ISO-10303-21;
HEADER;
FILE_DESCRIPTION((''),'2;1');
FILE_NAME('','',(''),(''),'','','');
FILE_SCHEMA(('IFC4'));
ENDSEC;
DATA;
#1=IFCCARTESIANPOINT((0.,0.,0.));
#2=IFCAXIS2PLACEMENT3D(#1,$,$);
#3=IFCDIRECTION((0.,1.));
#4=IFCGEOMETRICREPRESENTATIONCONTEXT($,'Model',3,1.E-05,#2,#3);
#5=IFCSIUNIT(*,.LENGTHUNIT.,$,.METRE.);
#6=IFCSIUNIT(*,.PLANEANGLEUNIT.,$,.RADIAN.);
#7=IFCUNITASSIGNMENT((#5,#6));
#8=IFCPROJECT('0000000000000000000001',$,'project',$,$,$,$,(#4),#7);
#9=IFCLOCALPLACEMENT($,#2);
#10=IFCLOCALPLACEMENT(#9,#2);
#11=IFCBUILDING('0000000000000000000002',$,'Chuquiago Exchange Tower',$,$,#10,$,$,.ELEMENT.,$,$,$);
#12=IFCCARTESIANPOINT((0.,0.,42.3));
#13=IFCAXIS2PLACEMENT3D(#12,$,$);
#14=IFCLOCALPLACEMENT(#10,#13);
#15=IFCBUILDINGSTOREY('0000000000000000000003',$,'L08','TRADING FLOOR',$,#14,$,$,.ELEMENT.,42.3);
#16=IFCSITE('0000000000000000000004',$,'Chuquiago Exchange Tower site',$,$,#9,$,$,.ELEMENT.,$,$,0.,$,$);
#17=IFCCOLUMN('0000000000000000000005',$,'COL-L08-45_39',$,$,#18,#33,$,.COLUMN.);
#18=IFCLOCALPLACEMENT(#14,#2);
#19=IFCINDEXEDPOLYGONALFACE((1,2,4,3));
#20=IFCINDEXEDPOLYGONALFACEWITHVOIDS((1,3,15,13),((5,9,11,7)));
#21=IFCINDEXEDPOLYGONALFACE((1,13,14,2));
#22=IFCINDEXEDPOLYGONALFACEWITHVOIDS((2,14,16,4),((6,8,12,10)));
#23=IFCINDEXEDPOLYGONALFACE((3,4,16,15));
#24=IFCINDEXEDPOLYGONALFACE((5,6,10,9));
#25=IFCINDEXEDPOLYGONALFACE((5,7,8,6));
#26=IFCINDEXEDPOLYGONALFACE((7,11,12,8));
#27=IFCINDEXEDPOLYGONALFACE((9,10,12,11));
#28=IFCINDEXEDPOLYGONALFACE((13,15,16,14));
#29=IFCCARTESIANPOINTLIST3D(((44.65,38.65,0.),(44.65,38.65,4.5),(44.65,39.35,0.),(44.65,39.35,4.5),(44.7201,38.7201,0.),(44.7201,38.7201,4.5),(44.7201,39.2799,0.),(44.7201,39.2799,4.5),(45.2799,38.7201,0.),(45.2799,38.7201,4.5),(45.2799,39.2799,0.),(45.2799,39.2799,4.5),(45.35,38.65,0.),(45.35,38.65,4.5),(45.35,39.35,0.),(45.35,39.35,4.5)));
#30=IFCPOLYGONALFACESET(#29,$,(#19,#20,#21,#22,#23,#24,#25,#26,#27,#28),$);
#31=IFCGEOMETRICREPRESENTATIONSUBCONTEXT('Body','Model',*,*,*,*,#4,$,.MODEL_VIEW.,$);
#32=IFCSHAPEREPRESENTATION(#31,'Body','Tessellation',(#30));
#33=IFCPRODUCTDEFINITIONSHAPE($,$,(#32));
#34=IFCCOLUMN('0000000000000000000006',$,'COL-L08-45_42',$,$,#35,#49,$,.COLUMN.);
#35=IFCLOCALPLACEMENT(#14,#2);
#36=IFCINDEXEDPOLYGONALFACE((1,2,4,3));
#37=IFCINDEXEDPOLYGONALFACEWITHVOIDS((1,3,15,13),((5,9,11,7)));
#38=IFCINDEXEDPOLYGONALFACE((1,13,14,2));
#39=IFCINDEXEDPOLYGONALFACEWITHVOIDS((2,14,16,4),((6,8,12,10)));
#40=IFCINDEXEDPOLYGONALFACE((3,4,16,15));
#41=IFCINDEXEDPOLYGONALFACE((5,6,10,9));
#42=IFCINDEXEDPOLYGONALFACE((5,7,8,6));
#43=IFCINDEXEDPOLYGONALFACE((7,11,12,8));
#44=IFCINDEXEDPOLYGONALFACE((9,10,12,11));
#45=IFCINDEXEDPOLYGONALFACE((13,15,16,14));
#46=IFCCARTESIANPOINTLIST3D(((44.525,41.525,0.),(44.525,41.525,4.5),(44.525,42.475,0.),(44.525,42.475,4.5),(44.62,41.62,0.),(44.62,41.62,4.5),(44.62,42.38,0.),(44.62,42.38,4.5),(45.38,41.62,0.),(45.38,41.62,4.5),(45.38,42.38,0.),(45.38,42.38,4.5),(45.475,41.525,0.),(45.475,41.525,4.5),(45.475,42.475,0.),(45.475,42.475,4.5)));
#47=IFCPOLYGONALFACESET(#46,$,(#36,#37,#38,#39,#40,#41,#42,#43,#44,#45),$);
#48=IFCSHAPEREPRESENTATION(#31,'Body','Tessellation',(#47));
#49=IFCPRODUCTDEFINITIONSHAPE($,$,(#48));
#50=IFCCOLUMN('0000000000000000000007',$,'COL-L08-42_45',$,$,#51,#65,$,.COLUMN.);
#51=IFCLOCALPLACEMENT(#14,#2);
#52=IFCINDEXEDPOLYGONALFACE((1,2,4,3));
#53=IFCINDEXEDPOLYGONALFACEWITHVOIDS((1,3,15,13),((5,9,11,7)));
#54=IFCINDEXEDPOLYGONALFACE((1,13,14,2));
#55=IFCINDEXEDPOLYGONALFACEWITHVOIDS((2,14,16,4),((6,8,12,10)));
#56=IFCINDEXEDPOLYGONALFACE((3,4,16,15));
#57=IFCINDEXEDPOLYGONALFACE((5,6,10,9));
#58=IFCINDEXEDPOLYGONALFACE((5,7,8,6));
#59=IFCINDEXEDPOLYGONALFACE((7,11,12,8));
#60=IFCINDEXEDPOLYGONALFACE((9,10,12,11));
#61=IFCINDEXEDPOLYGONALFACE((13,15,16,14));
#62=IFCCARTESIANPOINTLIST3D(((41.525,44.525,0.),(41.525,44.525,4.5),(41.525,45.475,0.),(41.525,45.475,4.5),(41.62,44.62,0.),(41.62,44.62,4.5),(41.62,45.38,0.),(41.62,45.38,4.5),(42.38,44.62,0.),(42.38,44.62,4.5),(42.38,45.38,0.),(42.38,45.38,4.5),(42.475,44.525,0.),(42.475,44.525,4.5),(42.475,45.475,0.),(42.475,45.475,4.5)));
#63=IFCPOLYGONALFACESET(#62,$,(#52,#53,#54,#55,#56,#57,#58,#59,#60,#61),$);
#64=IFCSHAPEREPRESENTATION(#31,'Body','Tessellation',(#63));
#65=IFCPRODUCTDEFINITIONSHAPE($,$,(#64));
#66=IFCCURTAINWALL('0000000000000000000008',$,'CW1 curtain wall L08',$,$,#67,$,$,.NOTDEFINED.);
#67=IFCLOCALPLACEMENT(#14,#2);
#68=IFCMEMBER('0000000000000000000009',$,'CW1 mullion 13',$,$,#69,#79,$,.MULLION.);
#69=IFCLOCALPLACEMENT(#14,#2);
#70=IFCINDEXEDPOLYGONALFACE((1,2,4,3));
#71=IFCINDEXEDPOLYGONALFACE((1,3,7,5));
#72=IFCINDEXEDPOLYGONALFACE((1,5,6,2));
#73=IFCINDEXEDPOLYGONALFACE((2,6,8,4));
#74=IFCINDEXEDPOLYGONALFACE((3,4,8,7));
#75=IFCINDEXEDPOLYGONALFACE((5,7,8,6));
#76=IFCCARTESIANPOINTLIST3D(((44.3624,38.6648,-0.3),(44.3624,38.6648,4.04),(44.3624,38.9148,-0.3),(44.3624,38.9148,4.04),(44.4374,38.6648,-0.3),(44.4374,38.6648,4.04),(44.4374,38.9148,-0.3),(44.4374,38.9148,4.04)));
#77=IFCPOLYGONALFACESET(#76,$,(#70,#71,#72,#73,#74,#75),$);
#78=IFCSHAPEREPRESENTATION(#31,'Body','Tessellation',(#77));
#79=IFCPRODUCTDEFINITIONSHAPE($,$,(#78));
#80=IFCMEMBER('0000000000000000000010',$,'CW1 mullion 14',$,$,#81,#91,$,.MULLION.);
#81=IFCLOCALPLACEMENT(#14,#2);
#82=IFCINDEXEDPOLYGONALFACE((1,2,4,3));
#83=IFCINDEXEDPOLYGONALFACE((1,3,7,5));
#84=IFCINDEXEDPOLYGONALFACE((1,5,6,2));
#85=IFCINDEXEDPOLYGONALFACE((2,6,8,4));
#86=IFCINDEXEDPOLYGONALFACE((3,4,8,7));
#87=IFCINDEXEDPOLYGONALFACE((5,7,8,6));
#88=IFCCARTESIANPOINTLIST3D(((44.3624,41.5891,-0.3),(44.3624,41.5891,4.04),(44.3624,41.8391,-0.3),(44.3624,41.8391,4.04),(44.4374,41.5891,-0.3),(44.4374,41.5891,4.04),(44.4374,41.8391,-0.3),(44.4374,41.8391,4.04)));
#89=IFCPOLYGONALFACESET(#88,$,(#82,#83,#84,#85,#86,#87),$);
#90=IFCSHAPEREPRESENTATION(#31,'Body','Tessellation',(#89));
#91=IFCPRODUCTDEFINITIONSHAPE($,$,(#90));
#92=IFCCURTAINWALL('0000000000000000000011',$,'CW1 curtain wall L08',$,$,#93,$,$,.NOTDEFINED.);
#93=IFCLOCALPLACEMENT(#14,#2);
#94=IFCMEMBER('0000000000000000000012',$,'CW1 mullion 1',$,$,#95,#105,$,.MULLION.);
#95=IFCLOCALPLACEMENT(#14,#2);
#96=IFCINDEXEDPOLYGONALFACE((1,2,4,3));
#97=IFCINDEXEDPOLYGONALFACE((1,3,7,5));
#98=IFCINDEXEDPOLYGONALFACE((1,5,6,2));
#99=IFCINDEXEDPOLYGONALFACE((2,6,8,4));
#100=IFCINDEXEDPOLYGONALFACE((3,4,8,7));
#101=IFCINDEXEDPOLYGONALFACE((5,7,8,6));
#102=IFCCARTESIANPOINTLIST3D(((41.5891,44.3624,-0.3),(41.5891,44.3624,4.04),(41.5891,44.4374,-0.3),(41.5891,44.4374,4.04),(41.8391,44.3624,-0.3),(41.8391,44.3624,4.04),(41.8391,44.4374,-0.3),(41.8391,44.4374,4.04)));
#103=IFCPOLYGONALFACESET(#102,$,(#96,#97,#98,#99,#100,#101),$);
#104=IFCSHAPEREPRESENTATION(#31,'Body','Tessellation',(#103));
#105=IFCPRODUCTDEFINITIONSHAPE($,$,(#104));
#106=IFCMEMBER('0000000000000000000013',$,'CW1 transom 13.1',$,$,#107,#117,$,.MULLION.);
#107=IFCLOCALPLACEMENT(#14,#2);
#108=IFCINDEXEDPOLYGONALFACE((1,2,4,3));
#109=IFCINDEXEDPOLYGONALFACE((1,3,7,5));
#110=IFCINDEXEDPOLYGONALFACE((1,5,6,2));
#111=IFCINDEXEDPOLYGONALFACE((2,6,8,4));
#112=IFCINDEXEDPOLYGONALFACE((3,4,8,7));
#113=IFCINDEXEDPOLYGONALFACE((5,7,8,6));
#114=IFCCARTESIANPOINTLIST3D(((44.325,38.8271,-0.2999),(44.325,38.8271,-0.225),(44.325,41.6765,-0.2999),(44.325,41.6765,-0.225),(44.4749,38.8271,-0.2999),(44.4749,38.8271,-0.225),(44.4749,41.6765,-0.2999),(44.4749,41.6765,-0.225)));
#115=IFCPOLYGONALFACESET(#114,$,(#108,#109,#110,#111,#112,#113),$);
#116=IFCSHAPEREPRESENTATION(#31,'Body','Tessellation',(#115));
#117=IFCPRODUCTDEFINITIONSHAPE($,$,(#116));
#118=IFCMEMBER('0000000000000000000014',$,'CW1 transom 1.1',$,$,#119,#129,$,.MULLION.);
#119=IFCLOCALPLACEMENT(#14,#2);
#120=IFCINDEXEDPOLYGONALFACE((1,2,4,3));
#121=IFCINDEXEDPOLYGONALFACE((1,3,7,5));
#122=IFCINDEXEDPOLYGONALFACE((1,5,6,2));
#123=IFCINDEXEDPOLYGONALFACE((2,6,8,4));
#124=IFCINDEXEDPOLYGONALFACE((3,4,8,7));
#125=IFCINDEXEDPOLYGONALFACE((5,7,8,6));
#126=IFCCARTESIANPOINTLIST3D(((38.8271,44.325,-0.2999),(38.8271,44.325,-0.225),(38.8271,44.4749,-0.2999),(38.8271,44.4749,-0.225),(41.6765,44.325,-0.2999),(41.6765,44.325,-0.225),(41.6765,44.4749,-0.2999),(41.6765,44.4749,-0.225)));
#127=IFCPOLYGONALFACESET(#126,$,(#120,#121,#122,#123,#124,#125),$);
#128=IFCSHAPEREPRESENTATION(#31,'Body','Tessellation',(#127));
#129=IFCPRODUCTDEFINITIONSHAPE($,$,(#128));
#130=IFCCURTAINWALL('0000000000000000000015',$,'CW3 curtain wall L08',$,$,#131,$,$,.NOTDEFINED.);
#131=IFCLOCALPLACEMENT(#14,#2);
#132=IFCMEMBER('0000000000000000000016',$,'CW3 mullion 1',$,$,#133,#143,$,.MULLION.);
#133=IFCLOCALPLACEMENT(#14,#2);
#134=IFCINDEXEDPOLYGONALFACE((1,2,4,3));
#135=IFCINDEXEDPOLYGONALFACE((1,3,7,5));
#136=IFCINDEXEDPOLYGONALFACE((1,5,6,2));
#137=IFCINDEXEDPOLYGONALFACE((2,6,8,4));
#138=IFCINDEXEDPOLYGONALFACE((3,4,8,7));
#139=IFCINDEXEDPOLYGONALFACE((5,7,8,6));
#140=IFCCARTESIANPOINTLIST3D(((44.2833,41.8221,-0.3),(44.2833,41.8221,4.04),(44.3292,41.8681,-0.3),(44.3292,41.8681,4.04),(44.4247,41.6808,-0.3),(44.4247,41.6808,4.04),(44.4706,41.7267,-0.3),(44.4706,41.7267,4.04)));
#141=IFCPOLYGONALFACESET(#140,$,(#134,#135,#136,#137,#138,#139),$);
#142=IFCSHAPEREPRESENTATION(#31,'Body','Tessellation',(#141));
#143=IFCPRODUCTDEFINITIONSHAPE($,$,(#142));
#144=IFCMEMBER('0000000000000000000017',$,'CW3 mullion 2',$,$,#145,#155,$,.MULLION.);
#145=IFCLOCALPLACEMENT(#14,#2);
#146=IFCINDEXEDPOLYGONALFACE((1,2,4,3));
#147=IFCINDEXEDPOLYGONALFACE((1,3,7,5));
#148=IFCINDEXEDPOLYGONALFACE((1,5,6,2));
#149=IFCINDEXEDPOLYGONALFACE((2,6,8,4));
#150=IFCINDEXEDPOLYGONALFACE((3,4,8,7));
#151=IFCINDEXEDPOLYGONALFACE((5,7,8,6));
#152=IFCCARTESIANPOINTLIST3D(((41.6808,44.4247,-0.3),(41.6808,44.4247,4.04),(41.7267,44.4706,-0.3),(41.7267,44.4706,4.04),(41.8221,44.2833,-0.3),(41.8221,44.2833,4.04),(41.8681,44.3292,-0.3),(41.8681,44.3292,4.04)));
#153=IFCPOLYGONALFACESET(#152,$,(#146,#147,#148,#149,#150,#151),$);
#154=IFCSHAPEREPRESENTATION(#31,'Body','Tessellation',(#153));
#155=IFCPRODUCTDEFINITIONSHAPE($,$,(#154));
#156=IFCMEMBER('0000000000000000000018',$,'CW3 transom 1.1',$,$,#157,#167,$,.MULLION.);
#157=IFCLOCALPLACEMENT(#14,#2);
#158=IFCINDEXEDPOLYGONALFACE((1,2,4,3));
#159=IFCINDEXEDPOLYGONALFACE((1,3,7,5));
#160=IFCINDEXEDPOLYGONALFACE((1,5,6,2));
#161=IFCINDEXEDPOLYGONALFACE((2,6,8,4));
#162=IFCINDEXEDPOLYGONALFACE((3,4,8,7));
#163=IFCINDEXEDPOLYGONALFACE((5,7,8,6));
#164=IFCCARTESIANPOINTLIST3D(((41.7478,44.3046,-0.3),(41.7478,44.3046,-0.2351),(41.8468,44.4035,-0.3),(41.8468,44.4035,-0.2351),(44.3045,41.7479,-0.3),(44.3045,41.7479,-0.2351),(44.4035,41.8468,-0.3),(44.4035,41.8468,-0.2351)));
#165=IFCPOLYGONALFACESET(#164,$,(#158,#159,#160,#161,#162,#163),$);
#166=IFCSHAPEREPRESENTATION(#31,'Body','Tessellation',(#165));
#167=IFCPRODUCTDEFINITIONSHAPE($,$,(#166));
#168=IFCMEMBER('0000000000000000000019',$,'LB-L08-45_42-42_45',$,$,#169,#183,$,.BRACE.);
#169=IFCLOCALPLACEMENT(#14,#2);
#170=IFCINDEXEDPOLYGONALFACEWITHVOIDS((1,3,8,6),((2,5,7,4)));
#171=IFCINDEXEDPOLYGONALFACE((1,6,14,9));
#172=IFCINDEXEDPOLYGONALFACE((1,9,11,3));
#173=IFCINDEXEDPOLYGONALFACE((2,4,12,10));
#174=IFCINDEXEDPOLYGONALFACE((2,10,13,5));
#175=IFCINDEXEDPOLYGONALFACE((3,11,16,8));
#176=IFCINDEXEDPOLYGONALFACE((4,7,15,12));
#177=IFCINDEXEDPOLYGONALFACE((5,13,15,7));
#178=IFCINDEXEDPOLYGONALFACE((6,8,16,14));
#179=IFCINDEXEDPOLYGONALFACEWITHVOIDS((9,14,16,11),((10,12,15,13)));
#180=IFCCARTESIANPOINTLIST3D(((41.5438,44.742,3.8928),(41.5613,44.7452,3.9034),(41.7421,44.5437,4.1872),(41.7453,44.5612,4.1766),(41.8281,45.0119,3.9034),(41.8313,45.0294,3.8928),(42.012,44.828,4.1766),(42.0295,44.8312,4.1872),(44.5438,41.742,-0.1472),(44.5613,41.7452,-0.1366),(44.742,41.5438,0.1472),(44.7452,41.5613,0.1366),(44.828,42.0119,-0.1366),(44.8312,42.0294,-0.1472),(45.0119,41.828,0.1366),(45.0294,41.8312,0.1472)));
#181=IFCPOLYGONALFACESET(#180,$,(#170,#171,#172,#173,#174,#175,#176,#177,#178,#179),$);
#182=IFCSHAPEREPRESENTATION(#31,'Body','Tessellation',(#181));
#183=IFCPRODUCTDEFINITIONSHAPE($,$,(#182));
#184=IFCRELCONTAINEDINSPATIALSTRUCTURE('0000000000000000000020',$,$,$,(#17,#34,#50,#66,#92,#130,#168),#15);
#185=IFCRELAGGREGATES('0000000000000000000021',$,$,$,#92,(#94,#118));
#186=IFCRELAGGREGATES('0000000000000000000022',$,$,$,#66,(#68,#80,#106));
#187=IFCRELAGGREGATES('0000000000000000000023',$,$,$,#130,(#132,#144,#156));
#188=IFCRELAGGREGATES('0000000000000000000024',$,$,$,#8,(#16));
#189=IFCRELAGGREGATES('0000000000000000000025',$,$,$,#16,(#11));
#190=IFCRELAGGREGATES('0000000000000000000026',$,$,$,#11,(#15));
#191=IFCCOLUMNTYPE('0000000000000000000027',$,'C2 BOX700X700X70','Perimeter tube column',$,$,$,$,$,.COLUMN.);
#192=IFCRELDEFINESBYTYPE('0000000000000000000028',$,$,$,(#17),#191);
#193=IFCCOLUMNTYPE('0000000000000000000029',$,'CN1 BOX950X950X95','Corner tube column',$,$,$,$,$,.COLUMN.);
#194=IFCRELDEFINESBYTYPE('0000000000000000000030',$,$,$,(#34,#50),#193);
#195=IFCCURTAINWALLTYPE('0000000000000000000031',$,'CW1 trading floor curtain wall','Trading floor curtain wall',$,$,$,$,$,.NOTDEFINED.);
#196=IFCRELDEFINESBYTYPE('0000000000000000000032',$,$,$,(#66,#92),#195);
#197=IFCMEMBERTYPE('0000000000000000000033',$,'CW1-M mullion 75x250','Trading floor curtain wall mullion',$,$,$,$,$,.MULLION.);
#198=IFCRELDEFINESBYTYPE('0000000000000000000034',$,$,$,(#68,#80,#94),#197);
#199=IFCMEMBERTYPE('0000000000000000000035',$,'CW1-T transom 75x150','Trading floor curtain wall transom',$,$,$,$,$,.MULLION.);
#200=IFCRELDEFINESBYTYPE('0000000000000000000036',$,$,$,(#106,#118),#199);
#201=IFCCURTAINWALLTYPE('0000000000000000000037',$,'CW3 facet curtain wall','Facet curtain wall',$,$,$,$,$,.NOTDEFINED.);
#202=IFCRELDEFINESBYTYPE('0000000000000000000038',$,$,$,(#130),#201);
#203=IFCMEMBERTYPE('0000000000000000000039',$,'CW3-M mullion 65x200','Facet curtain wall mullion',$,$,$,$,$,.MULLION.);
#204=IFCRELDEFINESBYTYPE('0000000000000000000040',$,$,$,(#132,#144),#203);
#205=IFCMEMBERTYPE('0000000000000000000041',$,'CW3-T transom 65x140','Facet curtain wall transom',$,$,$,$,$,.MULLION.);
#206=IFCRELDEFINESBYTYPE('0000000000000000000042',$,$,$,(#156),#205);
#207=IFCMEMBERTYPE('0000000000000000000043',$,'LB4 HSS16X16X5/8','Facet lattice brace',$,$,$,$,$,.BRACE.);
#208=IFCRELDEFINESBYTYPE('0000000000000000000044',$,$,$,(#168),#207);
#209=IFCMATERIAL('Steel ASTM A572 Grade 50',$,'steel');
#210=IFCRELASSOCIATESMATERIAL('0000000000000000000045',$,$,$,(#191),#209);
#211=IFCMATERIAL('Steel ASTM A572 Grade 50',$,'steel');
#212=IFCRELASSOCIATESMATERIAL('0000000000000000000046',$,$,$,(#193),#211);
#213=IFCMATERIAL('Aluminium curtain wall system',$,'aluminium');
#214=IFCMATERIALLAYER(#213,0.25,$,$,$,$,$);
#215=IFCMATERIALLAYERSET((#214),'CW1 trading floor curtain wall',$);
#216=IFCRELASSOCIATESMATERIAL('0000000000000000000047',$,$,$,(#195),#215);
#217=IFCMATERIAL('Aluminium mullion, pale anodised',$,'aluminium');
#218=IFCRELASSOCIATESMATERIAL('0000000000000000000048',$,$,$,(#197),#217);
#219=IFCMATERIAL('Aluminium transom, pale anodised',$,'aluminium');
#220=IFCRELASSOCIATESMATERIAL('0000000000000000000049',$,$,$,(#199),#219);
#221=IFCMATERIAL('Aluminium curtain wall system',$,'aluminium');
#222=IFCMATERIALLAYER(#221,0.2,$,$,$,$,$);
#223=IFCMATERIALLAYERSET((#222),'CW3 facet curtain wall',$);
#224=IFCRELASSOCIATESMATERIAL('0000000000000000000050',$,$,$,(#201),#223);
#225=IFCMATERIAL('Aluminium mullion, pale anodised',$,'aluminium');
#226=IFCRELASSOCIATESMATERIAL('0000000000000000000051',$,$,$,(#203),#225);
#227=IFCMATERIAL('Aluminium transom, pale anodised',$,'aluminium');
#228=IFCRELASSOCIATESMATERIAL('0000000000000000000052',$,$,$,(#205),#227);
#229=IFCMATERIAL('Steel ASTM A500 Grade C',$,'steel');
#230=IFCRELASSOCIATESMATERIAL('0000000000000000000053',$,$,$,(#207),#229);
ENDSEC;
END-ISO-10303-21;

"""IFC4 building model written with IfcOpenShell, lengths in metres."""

from ifc_helpers import new_model, si_unit, direction, frame, origin, origin_2d, place, context, subcontext, project, spatial, rectangle, hollow_rectangle, extrude, material, layer, layer_set, material_profile, profile_set, type_object, element, aggregate, save


model = new_model("IFC4")

# Units and contexts
model_context = context("Model", 3, precision=1e-05, world=origin(), true_north=direction((0.0, 1.0)))
body_context = subcontext(model_context, "Body", "Model", "MODEL_VIEW")
ifc_project = project(units=[si_unit("LENGTHUNIT", "METRE"), si_unit("PLANEANGLEUNIT", "RADIAN")], contexts=[model_context])

# Site, building, storey
site_placement = place(None, origin())
site = spatial("IfcSite", under=ifc_project, at=site_placement, Name="Chuquiago Exchange Tower site", CompositionType="ELEMENT", RefElevation=0.0)
building_placement = place(site_placement, origin())
building = spatial("IfcBuilding", under=site, at=building_placement, Name="Chuquiago Exchange Tower", CompositionType="ELEMENT")
storey_placement = place(building_placement, frame((0.0, 0.0, 42.3)))
storey = spatial("IfcBuildingStorey", under=building, at=storey_placement, Name="L08", Description="TRADING FLOOR", CompositionType="ELEMENT", Elevation=42.3)

# Columns
ifc_material_1 = material(Name="Steel ASTM A572 Grade 50", Category="steel")
ifc_material_profile_1 = material_profile(ifc_material_1, hollow_rectangle(XDim=0.7, YDim=0.7, WallThickness=0.0701, at=origin_2d()), Name="BOX700X700X70")
ifc_profile_set_1 = profile_set([ifc_material_profile_1], Name="Steel ASTM A572 Grade 50")
column_type_1 = type_object("IfcColumnType", Name="C2 BOX700X700X70", Description="Perimeter tube column", PredefinedType="COLUMN", material=ifc_profile_set_1)
column_placement = place(storey_placement, frame((45.0, 39.0, 0.0), z_axis=(0.0, 0.0, 1.0), x_axis=(1.0, 0.0, 0.0)))
element("IfcColumn", 1, at=column_placement, inside=storey, type_object=column_type_1, Name="COL-L08-45_39", PredefinedType="COLUMN", context=body_context, shape_type="SweptSolid", body=[
    extrude(hollow_rectangle(XDim=0.7, YDim=0.7, WallThickness=0.0701, at=origin_2d()), origin(), (0.0, 0.0, 1.0), 4.5),
])
ifc_material_2 = material(Name="Steel ASTM A572 Grade 50", Category="steel")
ifc_material_profile_2 = material_profile(ifc_material_2, hollow_rectangle(XDim=0.95, YDim=0.95, WallThickness=0.095, at=origin_2d()), Name="BOX950X950X95")
ifc_profile_set_2 = profile_set([ifc_material_profile_2], Name="Steel ASTM A572 Grade 50")
column_type_2 = type_object("IfcColumnType", Name="CN1 BOX950X950X95", Description="Corner tube column", PredefinedType="COLUMN", material=ifc_profile_set_2)
for number, where, z_axis, x_axis, name in (
    (2, (45.0, 42.0, 0.0), (0.0, 0.0, 1.0), (1.0, 0.0, 0.0), "COL-L08-45_42"),
    (3, (42.0, 45.0, 0.0), (0.0, 0.0, 1.0), (0.0, 1.0, 0.0), "COL-L08-42_45"),
):
    element("IfcColumn", number, at=place(storey_placement, frame(where, z_axis=z_axis, x_axis=x_axis)), inside=storey, type_object=column_type_2, Name=name, PredefinedType="COLUMN", context=body_context, shape_type="SweptSolid", body=[
        extrude(hollow_rectangle(XDim=0.95, YDim=0.95, WallThickness=0.095, at=origin_2d()), origin(), (0.0, 0.0, 1.0), 4.5),
    ])

# Curtain wall, members
ifc_material_3 = material(Name="Aluminium curtain wall system", Category="aluminium")
ifc_layer_1 = layer(ifc_material_3, 0.25)
ifc_layer_set_1 = layer_set([ifc_layer_1], Name="CW1 trading floor curtain wall")
curtain_wall_type_1 = type_object("IfcCurtainWallType", Name="CW1 trading floor curtain wall", Description="Trading floor curtain wall", PredefinedType="NOTDEFINED", material=ifc_layer_set_1)
curtain_wall_1_placement = place(storey_placement, origin())
curtain_wall_1 = element("IfcCurtainWall", 4, at=curtain_wall_1_placement, inside=storey, type_object=curtain_wall_type_1, Name="CW1 curtain wall L08", PredefinedType="NOTDEFINED")
ifc_material_4 = material(Name="Aluminium mullion, pale anodised", Category="aluminium")
ifc_material_profile_3 = material_profile(ifc_material_4, rectangle(XDim=0.075, YDim=0.25, at=origin_2d()), Name="AL 75x250")
ifc_profile_set_3 = profile_set([ifc_material_profile_3], Name="Aluminium mullion, pale anodised")
member_type_1 = type_object("IfcMemberType", Name="CW1-M mullion 75x250", Description="Trading floor curtain wall mullion", PredefinedType="MULLION", material=ifc_profile_set_3)
member_1_placement = place(storey_placement, frame((44.3999, 38.7898, -0.3), z_axis=(0.0, 0.0, 1.0), x_axis=(-1.0, 0.0, 0.0)))
member_1 = element("IfcMember", 5, at=member_1_placement, type_object=member_type_1, Name="CW1 mullion 13", PredefinedType="MULLION", context=body_context, shape_type="SweptSolid", body=[
    extrude(rectangle(XDim=0.075, YDim=0.25, at=origin_2d()), origin(), (0.0, 0.0, 1.0), 4.3401),
])
member_2_placement = place(storey_placement, frame((44.3999, 41.7141, -0.3), z_axis=(0.0, 0.0, 1.0), x_axis=(-1.0, 0.0, 0.0)))
member_2 = element("IfcMember", 6, at=member_2_placement, type_object=member_type_1, Name="CW1 mullion 14", PredefinedType="MULLION", context=body_context, shape_type="SweptSolid", body=[
    extrude(rectangle(XDim=0.075, YDim=0.25, at=origin_2d()), origin(), (0.0, 0.0, 1.0), 4.3401),
])

# Curtain wall, member
curtain_wall_2_placement = place(storey_placement, origin())
curtain_wall_2 = element("IfcCurtainWall", 7, at=curtain_wall_2_placement, inside=storey, type_object=curtain_wall_type_1, Name="CW1 curtain wall L08", PredefinedType="NOTDEFINED")
member_3_placement = place(storey_placement, frame((41.7141, 44.3999, -0.3), z_axis=(0.0, 0.0, 1.0), x_axis=(0.0, -1.0, 0.0)))
member_3 = element("IfcMember", 8, at=member_3_placement, type_object=member_type_1, Name="CW1 mullion 1", PredefinedType="MULLION", context=body_context, shape_type="SweptSolid", body=[
    extrude(rectangle(XDim=0.075, YDim=0.25, at=origin_2d()), origin(), (0.0, 0.0, 1.0), 4.3401),
])

# Members
ifc_material_5 = material(Name="Aluminium transom, pale anodised", Category="aluminium")
ifc_material_profile_4 = material_profile(ifc_material_5, rectangle(XDim=0.1499, YDim=0.075, at=origin_2d()), Name="AL 150x75")
ifc_profile_set_4 = profile_set([ifc_material_profile_4], Name="Aluminium transom, pale anodised")
member_type_2 = type_object("IfcMemberType", Name="CW1-T transom 75x150", Description="Trading floor curtain wall transom", PredefinedType="MULLION", material=ifc_profile_set_4)
member_4_placement = place(storey_placement, frame((44.3999, 38.8271, -0.2625), z_axis=(0.0, 1.0, 0.0), x_axis=(-1.0, 0.0, 0.0)))
member_4 = element("IfcMember", 9, at=member_4_placement, type_object=member_type_2, Name="CW1 transom 13.1", PredefinedType="MULLION", context=body_context, shape_type="SweptSolid", body=[
    extrude(rectangle(XDim=0.1499, YDim=0.075, at=origin_2d()), origin(), (0.0, 0.0, 1.0), 2.8494),
])
member_5_placement = place(storey_placement, frame((41.6765, 44.3999, -0.2625), z_axis=(-1.0, 0.0, 0.0), x_axis=(0.0, -1.0, 0.0)))
member_5 = element("IfcMember", 10, at=member_5_placement, type_object=member_type_2, Name="CW1 transom 1.1", PredefinedType="MULLION", context=body_context, shape_type="SweptSolid", body=[
    extrude(rectangle(XDim=0.1499, YDim=0.075, at=origin_2d()), origin(), (0.0, 0.0, 1.0), 2.8494),
])
aggregate(curtain_wall_2, [member_3, member_5])

# Curtain wall, members
ifc_material_6 = material(Name="Aluminium curtain wall system", Category="aluminium")
ifc_layer_2 = layer(ifc_material_6, 0.2)
ifc_layer_set_2 = layer_set([ifc_layer_2], Name="CW3 facet curtain wall")
curtain_wall_type_2 = type_object("IfcCurtainWallType", Name="CW3 facet curtain wall", Description="Facet curtain wall", PredefinedType="NOTDEFINED", material=ifc_layer_set_2)
curtain_wall_3_placement = place(storey_placement, origin())
curtain_wall_3 = element("IfcCurtainWall", 11, at=curtain_wall_3_placement, inside=storey, type_object=curtain_wall_type_2, Name="CW3 curtain wall L08", PredefinedType="NOTDEFINED")
ifc_material_7 = material(Name="Aluminium mullion, pale anodised", Category="aluminium")
ifc_material_profile_5 = material_profile(ifc_material_7, rectangle(XDim=0.0649, YDim=0.2, at=origin_2d()), Name="AL 65x200")
ifc_profile_set_5 = profile_set([ifc_material_profile_5], Name="Aluminium mullion, pale anodised")
member_type_3 = type_object("IfcMemberType", Name="CW3-M mullion 65x200", Description="Facet curtain wall mullion", PredefinedType="MULLION", material=ifc_profile_set_5)
member_6_placement = place(storey_placement, frame((44.377, 41.7744, -0.3), z_axis=(0.0, 0.0, 1.0), x_axis=(-0.707107, -0.707107, 0.0)))
member_6 = element("IfcMember", 12, at=member_6_placement, type_object=member_type_3, Name="CW3 mullion 1", PredefinedType="MULLION", context=body_context, shape_type="SweptSolid", body=[
    extrude(rectangle(XDim=0.0649, YDim=0.2, at=origin_2d()), origin(), (0.0, 0.0, 1.0), 4.3401),
])
member_7_placement = place(storey_placement, frame((41.7744, 44.377, -0.3), z_axis=(0.0, 0.0, 1.0), x_axis=(-0.707107, -0.707107, 0.0)))
member_7 = element("IfcMember", 13, at=member_7_placement, type_object=member_type_3, Name="CW3 mullion 2", PredefinedType="MULLION", context=body_context, shape_type="SweptSolid", body=[
    extrude(rectangle(XDim=0.0649, YDim=0.2, at=origin_2d()), origin(), (0.0, 0.0, 1.0), 4.3401),
])
ifc_material_8 = material(Name="Aluminium transom, pale anodised", Category="aluminium")
ifc_material_profile_6 = material_profile(ifc_material_8, rectangle(XDim=0.1399, YDim=0.0649, at=origin_2d()), Name="AL 140x65")
ifc_profile_set_6 = profile_set([ifc_material_profile_6], Name="Aluminium transom, pale anodised")
member_type_4 = type_object("IfcMemberType", Name="CW3-T transom 65x140", Description="Facet curtain wall transom", PredefinedType="MULLION", material=ifc_profile_set_6)
member_8_placement = place(storey_placement, frame((44.354, 41.7974, -0.2676), z_axis=(-0.707107, 0.707107, 0.0), x_axis=(-0.707107, -0.707107, 0.0)))
member_8 = element("IfcMember", 14, at=member_8_placement, type_object=member_type_4, Name="CW3 transom 1.1", PredefinedType="MULLION", context=body_context, shape_type="SweptSolid", body=[
    extrude(rectangle(XDim=0.1399, YDim=0.0649, at=origin_2d()), origin(), (0.0, 0.0, 1.0), 3.6157),
])

# Member
ifc_material_9 = material(Name="Steel ASTM A500 Grade C", Category="steel")
ifc_material_profile_7 = material_profile(ifc_material_9, hollow_rectangle(XDim=0.4065, YDim=0.4065, WallThickness=0.0146, at=origin_2d()), Name="HSS16X16X5/8")
ifc_profile_set_7 = profile_set([ifc_material_profile_7], Name="Steel ASTM A500 Grade C")
member_type_5 = type_object("IfcMemberType", Name="LB4 HSS16X16X5/8", Description="Facet lattice brace", PredefinedType="BRACE", material=ifc_profile_set_7)
member_9_placement = place(storey_placement, frame((44.7866, 41.7866, 0.0), z_axis=(-0.512077, 0.512077, 0.689604), x_axis=(-0.707107, -0.707107, 0.0)))
element("IfcMember", 15, at=member_9_placement, inside=storey, type_object=member_type_5, Name="LB-L08-45_42-42_45", PredefinedType="BRACE", context=body_context, shape_type="SweptSolid", body=[
    extrude(hollow_rectangle(XDim=0.4065, YDim=0.4065, WallThickness=0.0146, at=origin_2d()), origin(), (0.0, 0.0, 1.0), 5.8584),
])

aggregate(curtain_wall_1, [member_1, member_2, member_4])
aggregate(curtain_wall_3, [member_6, member_7, member_8])

save(model, "model.ifc")
